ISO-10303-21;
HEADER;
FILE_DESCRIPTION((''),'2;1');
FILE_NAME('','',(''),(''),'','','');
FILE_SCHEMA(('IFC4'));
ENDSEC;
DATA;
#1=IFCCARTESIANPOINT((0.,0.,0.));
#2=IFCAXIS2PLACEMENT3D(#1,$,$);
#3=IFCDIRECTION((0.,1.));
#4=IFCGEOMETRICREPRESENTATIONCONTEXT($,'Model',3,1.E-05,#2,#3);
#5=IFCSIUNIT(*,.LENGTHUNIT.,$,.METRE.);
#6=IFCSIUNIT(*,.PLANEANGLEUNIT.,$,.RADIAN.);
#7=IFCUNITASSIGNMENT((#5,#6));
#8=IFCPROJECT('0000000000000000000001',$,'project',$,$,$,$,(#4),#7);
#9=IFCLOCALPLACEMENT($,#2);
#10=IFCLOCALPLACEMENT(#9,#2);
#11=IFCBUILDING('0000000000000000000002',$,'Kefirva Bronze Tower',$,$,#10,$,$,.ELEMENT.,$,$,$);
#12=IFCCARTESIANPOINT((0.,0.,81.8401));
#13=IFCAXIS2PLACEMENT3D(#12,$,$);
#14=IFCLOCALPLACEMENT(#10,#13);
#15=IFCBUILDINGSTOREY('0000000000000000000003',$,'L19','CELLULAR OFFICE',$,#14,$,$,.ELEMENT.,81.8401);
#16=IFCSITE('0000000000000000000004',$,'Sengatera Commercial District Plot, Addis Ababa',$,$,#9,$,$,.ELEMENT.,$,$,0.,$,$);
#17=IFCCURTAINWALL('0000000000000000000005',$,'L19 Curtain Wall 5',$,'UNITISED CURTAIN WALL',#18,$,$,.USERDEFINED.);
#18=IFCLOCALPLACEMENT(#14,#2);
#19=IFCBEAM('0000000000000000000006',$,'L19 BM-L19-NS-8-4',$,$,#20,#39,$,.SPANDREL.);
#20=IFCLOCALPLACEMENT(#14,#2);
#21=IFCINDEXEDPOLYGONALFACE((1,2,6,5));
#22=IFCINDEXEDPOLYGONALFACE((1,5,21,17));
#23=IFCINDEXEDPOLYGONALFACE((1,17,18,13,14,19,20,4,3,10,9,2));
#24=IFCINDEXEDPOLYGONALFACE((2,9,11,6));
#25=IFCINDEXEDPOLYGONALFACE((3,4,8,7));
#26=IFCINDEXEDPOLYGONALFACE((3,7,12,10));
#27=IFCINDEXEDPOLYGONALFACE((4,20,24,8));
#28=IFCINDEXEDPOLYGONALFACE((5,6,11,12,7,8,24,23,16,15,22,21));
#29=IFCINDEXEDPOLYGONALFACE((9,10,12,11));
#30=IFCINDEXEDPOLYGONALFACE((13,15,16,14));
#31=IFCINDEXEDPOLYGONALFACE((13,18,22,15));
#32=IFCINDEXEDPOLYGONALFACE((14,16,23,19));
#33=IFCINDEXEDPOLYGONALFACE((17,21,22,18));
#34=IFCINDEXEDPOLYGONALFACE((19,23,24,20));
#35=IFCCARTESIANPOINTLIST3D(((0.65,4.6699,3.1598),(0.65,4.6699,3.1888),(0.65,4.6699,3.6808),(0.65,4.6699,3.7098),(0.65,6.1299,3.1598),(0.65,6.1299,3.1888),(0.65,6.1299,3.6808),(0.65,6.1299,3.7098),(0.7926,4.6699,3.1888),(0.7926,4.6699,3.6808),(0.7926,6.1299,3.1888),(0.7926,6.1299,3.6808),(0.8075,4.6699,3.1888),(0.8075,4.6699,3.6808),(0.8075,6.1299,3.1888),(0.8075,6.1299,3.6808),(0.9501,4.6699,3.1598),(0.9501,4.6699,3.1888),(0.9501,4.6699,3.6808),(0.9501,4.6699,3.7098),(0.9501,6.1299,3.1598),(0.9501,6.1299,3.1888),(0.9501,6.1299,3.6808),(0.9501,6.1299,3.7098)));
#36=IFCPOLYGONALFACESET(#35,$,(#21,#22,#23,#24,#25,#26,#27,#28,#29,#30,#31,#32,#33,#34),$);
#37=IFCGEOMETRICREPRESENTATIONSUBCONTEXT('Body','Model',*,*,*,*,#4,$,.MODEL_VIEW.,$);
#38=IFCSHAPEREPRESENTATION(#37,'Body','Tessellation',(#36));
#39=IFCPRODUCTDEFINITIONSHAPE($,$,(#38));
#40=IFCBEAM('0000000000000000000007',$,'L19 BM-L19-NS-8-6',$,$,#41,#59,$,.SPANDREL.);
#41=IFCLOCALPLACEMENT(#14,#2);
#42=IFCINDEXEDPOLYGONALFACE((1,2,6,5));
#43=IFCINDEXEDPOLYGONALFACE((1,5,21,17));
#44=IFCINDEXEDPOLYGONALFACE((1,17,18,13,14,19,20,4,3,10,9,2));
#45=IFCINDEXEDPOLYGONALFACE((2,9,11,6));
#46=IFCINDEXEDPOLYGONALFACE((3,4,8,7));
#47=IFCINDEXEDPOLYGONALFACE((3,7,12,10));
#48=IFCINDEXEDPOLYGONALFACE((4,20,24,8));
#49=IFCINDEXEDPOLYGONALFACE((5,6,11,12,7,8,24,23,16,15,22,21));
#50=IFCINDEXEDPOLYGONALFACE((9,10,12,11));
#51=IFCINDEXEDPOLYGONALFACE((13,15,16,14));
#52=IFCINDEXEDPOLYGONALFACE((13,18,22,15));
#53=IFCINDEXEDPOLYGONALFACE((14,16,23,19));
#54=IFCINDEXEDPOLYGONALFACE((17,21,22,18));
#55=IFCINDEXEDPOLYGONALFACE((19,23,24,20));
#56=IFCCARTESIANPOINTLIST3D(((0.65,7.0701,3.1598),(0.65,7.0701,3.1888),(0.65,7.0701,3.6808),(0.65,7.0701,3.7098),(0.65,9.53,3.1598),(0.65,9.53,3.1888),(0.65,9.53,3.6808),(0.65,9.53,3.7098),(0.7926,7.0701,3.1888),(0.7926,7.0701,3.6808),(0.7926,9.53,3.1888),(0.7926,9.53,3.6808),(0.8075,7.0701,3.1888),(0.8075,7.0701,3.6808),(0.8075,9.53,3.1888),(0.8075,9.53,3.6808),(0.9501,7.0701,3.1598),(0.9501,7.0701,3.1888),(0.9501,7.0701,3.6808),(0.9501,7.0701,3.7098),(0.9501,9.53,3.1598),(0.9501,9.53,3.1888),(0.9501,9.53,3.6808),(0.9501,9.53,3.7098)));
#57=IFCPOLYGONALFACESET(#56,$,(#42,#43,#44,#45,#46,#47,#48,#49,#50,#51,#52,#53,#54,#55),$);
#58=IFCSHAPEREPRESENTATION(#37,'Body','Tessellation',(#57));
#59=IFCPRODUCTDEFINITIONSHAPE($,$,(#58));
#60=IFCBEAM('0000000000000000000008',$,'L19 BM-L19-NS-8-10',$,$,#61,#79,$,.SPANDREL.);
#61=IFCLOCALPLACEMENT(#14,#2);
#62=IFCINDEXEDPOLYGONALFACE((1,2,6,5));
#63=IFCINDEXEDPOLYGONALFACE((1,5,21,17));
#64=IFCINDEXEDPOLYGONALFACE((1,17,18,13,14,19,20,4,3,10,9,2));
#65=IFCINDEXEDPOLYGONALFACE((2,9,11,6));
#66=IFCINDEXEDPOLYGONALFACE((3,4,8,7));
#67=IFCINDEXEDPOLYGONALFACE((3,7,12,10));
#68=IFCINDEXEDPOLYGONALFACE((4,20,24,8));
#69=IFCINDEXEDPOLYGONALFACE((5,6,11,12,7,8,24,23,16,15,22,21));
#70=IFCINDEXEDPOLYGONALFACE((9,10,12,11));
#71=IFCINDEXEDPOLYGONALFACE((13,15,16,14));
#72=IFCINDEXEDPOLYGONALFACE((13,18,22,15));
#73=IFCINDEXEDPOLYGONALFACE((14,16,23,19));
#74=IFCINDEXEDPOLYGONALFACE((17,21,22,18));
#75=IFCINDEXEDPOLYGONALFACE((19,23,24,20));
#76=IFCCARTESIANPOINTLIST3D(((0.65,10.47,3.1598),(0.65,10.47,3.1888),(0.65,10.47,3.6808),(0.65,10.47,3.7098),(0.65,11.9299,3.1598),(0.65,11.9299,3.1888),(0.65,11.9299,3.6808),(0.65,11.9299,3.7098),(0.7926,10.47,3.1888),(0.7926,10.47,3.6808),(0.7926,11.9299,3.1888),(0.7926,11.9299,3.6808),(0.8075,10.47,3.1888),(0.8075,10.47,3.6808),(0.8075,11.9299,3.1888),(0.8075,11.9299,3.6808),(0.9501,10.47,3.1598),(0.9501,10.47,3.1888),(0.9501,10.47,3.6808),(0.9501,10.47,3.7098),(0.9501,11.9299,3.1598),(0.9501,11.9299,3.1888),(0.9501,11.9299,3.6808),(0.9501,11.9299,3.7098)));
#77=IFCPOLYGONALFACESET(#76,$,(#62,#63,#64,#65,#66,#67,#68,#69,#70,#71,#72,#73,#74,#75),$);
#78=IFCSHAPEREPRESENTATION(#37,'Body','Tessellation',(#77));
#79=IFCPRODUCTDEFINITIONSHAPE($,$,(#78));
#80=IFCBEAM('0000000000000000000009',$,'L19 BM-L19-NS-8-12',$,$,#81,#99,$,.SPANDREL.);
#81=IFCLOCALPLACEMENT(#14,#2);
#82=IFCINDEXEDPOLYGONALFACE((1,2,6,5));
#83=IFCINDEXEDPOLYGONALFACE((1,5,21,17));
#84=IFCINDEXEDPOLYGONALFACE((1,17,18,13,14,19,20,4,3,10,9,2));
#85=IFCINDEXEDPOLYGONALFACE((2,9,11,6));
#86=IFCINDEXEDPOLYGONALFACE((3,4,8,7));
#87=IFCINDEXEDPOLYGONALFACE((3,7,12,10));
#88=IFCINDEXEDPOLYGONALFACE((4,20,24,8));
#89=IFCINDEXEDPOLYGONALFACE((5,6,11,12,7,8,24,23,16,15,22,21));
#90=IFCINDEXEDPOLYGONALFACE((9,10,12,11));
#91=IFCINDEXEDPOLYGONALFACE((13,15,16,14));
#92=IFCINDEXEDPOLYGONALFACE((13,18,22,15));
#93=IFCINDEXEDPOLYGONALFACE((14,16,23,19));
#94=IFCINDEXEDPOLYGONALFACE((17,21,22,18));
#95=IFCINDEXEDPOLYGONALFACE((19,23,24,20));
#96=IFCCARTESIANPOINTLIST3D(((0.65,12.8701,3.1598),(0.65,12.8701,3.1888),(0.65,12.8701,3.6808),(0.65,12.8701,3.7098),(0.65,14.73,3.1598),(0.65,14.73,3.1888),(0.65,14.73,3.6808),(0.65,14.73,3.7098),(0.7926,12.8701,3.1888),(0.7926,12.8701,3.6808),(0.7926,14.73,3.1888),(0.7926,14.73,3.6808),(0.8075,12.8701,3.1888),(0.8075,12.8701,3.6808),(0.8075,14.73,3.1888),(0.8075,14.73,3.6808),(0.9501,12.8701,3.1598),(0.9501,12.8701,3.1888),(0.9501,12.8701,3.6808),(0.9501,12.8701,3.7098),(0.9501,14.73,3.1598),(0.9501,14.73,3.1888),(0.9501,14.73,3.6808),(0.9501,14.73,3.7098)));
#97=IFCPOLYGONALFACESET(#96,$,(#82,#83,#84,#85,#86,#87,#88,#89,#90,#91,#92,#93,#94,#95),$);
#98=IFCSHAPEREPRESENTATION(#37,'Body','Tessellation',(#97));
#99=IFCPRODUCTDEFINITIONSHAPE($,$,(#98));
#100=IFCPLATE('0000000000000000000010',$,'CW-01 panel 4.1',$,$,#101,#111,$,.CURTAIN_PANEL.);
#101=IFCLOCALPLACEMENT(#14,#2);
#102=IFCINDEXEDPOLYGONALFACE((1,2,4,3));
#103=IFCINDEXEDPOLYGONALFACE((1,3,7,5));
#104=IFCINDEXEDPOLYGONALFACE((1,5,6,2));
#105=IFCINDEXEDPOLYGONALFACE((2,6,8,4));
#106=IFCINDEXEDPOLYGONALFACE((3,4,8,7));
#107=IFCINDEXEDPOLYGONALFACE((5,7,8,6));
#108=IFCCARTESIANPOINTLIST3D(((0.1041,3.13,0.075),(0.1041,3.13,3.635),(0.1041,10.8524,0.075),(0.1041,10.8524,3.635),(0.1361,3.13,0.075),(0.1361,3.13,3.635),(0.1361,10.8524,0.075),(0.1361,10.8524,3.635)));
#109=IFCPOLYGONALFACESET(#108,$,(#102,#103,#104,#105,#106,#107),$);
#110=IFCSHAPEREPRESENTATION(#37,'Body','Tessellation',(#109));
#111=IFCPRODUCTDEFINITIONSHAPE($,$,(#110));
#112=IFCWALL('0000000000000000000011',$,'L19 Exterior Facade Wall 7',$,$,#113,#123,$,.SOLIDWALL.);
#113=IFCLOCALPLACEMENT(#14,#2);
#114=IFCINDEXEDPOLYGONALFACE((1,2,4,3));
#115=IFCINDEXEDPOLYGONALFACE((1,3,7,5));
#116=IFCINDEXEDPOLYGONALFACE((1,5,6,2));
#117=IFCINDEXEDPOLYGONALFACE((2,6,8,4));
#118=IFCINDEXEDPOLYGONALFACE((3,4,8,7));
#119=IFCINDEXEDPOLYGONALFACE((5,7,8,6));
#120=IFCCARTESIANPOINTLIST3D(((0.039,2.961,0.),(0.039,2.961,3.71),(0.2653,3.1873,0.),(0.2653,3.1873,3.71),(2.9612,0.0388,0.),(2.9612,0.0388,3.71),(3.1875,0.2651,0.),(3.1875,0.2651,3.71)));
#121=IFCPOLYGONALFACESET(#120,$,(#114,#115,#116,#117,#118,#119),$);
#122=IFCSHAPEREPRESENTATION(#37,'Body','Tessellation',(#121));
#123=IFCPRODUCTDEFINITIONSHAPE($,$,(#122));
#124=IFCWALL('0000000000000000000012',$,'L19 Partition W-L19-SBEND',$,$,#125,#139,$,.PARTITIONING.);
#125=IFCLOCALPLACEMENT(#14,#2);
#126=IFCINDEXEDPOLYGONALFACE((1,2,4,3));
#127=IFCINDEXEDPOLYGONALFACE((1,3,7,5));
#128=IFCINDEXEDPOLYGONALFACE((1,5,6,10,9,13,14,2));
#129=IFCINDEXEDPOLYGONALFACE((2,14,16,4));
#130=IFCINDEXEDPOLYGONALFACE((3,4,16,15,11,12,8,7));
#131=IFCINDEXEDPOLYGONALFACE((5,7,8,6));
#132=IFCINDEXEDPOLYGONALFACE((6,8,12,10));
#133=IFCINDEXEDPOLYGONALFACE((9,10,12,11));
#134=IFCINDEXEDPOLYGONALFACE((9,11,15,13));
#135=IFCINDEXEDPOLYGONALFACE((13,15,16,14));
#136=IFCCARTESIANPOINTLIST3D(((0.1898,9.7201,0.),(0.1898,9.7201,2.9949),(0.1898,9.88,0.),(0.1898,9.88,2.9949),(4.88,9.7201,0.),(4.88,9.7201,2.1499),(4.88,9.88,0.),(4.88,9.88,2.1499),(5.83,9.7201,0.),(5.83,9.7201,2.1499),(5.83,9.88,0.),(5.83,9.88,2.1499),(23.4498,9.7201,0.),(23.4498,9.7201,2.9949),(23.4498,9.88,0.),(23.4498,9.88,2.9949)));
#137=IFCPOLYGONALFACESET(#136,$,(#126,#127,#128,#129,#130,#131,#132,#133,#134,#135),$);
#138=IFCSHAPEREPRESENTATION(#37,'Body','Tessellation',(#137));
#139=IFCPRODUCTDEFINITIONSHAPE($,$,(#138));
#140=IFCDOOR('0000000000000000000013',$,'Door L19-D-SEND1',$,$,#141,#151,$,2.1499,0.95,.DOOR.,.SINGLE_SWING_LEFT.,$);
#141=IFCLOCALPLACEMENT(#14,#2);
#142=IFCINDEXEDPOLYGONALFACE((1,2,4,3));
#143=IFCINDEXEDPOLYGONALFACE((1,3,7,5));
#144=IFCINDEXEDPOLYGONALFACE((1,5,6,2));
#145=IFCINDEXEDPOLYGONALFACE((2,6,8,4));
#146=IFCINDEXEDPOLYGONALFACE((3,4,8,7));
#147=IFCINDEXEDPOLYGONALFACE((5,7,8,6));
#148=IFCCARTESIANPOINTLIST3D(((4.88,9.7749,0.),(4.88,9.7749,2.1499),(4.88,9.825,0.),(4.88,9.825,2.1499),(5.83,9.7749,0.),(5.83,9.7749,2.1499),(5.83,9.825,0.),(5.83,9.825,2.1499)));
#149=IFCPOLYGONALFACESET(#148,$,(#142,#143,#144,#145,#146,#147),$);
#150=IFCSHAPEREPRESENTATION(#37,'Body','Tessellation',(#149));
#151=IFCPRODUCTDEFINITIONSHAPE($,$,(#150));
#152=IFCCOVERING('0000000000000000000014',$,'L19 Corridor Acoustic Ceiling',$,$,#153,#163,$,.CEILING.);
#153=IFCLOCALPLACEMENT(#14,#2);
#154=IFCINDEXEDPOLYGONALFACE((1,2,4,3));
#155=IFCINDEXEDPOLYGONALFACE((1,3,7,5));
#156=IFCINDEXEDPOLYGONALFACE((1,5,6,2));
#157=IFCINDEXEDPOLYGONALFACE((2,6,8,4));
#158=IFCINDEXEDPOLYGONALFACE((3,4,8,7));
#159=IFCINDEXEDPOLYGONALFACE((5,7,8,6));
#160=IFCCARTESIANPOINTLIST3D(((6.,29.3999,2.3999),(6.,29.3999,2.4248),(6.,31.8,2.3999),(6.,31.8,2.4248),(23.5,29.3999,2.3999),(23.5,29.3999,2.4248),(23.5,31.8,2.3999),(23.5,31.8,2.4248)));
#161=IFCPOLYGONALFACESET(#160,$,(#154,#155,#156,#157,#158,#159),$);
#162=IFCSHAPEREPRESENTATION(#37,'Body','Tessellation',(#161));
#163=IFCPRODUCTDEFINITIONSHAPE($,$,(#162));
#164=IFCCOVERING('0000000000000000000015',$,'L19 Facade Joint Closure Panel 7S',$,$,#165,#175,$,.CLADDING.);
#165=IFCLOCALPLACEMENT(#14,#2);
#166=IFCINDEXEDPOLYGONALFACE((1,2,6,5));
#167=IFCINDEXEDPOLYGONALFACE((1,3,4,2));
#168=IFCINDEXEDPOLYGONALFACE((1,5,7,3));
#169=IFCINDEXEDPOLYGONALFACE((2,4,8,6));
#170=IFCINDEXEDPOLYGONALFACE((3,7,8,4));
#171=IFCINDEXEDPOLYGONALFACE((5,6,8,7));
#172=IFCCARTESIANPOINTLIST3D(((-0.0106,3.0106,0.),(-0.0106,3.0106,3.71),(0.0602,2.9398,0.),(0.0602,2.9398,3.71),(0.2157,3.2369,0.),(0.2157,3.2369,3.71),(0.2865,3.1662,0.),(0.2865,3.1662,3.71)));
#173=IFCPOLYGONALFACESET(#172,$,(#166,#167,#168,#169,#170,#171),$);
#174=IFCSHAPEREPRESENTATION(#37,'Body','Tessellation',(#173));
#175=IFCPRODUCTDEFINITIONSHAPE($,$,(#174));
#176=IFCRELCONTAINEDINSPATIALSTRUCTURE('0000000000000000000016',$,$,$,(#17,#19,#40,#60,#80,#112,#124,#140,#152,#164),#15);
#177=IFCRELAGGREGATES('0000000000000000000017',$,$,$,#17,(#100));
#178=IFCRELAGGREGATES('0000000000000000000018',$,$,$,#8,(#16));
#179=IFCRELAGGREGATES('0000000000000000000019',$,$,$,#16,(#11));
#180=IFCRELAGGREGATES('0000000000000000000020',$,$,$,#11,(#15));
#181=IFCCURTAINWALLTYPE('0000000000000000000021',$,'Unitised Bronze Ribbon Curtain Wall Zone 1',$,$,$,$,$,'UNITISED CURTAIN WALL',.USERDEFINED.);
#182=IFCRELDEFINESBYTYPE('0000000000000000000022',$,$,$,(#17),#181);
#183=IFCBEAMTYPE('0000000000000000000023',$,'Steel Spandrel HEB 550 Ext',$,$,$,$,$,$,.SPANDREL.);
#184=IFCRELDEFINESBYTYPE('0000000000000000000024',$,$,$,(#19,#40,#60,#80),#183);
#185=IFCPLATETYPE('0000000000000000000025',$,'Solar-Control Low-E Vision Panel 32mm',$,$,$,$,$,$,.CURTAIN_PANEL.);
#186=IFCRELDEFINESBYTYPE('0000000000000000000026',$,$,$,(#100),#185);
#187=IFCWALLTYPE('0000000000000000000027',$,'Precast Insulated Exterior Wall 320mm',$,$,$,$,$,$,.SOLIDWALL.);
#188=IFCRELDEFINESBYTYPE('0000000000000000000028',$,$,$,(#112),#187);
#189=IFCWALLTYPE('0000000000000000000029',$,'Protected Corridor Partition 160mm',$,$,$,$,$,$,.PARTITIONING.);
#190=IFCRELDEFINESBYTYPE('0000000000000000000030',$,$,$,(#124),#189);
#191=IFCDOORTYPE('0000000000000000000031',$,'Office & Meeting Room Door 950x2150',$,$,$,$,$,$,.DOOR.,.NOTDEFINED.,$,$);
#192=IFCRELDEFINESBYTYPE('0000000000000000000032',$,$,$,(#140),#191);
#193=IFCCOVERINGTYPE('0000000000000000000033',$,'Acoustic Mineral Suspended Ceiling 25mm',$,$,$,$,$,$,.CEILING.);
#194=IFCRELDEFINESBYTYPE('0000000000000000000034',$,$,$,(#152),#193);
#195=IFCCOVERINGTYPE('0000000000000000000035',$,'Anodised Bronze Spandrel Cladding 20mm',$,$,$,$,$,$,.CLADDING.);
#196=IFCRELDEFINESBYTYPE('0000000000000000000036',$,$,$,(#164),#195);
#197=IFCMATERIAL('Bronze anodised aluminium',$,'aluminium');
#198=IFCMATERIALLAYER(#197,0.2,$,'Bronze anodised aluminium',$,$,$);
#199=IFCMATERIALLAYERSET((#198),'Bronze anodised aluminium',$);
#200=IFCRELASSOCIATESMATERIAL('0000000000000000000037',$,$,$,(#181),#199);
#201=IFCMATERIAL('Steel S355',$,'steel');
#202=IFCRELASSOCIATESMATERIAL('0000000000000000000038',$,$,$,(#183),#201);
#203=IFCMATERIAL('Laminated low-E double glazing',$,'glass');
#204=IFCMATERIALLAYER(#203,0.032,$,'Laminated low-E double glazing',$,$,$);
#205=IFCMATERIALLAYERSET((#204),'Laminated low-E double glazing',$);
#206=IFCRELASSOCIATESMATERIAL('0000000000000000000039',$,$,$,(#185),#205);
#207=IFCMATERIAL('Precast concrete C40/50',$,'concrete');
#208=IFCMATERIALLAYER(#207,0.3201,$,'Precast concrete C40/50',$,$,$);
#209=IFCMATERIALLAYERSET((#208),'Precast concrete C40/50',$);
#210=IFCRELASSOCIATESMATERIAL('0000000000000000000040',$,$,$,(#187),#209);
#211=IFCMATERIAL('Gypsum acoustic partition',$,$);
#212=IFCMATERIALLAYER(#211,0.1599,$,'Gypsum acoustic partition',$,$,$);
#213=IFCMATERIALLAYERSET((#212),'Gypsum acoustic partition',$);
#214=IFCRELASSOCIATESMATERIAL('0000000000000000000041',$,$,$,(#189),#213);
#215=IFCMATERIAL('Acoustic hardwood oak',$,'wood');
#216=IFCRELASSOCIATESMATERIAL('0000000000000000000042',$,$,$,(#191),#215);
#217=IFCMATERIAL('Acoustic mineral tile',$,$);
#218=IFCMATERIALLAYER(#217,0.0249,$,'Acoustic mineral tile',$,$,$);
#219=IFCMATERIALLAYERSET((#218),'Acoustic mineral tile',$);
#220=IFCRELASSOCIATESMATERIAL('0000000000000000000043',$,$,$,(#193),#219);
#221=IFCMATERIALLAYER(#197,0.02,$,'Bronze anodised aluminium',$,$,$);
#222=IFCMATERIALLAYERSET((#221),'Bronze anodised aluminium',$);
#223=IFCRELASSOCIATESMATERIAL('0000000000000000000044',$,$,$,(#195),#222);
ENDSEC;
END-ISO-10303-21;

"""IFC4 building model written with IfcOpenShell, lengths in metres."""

from ifc_helpers import new_model, si_unit, direction, frame, frame_2d, origin, origin_2d, place, context, subcontext, project, spatial, polyline, rectangle, i_section, outline, extrude, material, layer, layer_set, material_profile, profile_set, type_object, element, fill, aggregate, save


model = new_model("IFC4")

# Units and contexts
model_context = context("Model", 3, precision=1e-05, world=origin(), true_north=direction((0.0, 1.0)))
body_context = subcontext(model_context, "Body", "Model", "MODEL_VIEW")
ifc_project = project(units=[si_unit("LENGTHUNIT", "METRE"), si_unit("PLANEANGLEUNIT", "RADIAN")], contexts=[model_context])

# Site, building, storey
site_placement = place(None, origin())
site = spatial("IfcSite", under=ifc_project, at=site_placement, Name="Sengatera Commercial District Plot, Addis Ababa", CompositionType="ELEMENT", RefElevation=0.0)
building_placement = place(site_placement, origin())
building = spatial("IfcBuilding", under=site, at=building_placement, Name="Kefirva Bronze Tower", CompositionType="ELEMENT")
storey_placement = place(building_placement, frame((0.0, 0.0, 81.8401)))
storey = spatial("IfcBuildingStorey", under=building, at=storey_placement, Name="L19", Description="CELLULAR OFFICE", CompositionType="ELEMENT", Elevation=81.8401)

# Curtain wall
ifc_material_1 = material(Name="Bronze anodised aluminium", Category="aluminium")
ifc_layer_1 = layer(ifc_material_1, 0.2, Name="Bronze anodised aluminium")
ifc_layer_set_1 = layer_set([ifc_layer_1], Name="Bronze anodised aluminium")
curtain_wall_type = type_object("IfcCurtainWallType", Name="Unitised Bronze Ribbon Curtain Wall Zone 1", ElementType="UNITISED CURTAIN WALL", PredefinedType="USERDEFINED", material=ifc_layer_set_1)
curtain_wall_placement = place(storey_placement, origin())
curtain_wall = element("IfcCurtainWall", 1, at=curtain_wall_placement, inside=storey, type_object=curtain_wall_type, Name="L19 Curtain Wall 5", ObjectType="UNITISED CURTAIN WALL", PredefinedType="USERDEFINED")

# Beams
ifc_material_2 = material(Name="Steel S355", Category="steel")
ifc_material_profile_1 = material_profile(ifc_material_2, i_section(OverallWidth=0.3, OverallDepth=0.55, WebThickness=0.0149, FlangeThickness=0.0291, at=origin_2d()), Name="HEB 550")
ifc_profile_set_1 = profile_set([ifc_material_profile_1], Name="Steel S355")
beam_type_1 = type_object("IfcBeamType", Name="Steel Spandrel HEB 550 Ext", PredefinedType="SPANDREL", material=ifc_profile_set_1)
beam_1_placement = place(storey_placement, frame((0.8, 4.6699, 3.4348), z_axis=(0.0, 1.0, 0.0), x_axis=(-1.0, 0.0, 0.0)))
element("IfcBeam", 2, at=beam_1_placement, inside=storey, type_object=beam_type_1, Name="L19 BM-L19-NS-8-4", PredefinedType="SPANDREL", context=body_context, shape_type="SweptSolid", body=[
    extrude(i_section(OverallWidth=0.3, OverallDepth=0.55, WebThickness=0.0149, FlangeThickness=0.0291, at=origin_2d()), origin(), (0.0, 0.0, 1.0), 1.46),
])
beam_2_placement = place(storey_placement, frame((0.8, 7.0701, 3.4348), z_axis=(0.0, 1.0, 0.0), x_axis=(-1.0, 0.0, 0.0)))
element("IfcBeam", 3, at=beam_2_placement, inside=storey, type_object=beam_type_1, Name="L19 BM-L19-NS-8-6", PredefinedType="SPANDREL", context=body_context, shape_type="SweptSolid", body=[
    extrude(i_section(OverallWidth=0.3, OverallDepth=0.55, WebThickness=0.0149, FlangeThickness=0.0291, at=origin_2d()), origin(), (0.0, 0.0, 1.0), 2.46),
])
beam_3_placement = place(storey_placement, frame((0.8, 10.47, 3.4348), z_axis=(0.0, 1.0, 0.0), x_axis=(-1.0, 0.0, 0.0)))
element("IfcBeam", 4, at=beam_3_placement, inside=storey, type_object=beam_type_1, Name="L19 BM-L19-NS-8-10", PredefinedType="SPANDREL", context=body_context, shape_type="SweptSolid", body=[
    extrude(i_section(OverallWidth=0.3, OverallDepth=0.55, WebThickness=0.0149, FlangeThickness=0.0291, at=origin_2d()), origin(), (0.0, 0.0, 1.0), 1.46),
])
beam_4_placement = place(storey_placement, frame((0.8, 12.8701, 3.4348), z_axis=(0.0, 1.0, 0.0), x_axis=(-1.0, 0.0, 0.0)))
element("IfcBeam", 5, at=beam_4_placement, inside=storey, type_object=beam_type_1, Name="L19 BM-L19-NS-8-12", PredefinedType="SPANDREL", context=body_context, shape_type="SweptSolid", body=[
    extrude(i_section(OverallWidth=0.3, OverallDepth=0.55, WebThickness=0.0149, FlangeThickness=0.0291, at=origin_2d()), origin(), (0.0, 0.0, 1.0), 1.8599),
])

# Plate
ifc_material_3 = material(Name="Laminated low-E double glazing", Category="glass")
ifc_layer_2 = layer(ifc_material_3, 0.032, Name="Laminated low-E double glazing")
ifc_layer_set_2 = layer_set([ifc_layer_2], Name="Laminated low-E double glazing")
plate_type = type_object("IfcPlateType", Name="Solar-Control Low-E Vision Panel 32mm", PredefinedType="CURTAIN_PANEL", material=ifc_layer_set_2)
plate_placement = place(storey_placement, frame((0.1201, 6.9912, 0.075), z_axis=(0.0, 0.0, 1.0), x_axis=(0.0, -1.0, 0.0)))
plate = element("IfcPlate", 6, at=plate_placement, type_object=plate_type, Name="CW-01 panel 4.1", PredefinedType="CURTAIN_PANEL", context=body_context, shape_type="SweptSolid", body=[
    extrude(rectangle(XDim=7.7224, YDim=0.032, at=origin_2d()), origin(), (0.0, 0.0, 1.0), 3.5601),
])
aggregate(curtain_wall, [plate])

# Wall
ifc_material_4 = material(Name="Precast concrete C40/50", Category="concrete")
ifc_layer_3 = layer(ifc_material_4, 0.3201, Name="Precast concrete C40/50")
ifc_layer_set_3 = layer_set([ifc_layer_3], Name="Precast concrete C40/50")
wall_type_1 = type_object("IfcWallType", Name="Precast Insulated Exterior Wall 320mm", PredefinedType="SOLIDWALL", material=ifc_layer_set_3)
wall_1_placement = place(storey_placement, frame((0.1521, 3.0742, 0.0), z_axis=(0.0, 0.0, 1.0), x_axis=(0.707107, -0.707107, 0.0)))
element("IfcWall", 7, at=wall_1_placement, inside=storey, type_object=wall_type_1, Name="L19 Exterior Facade Wall 7", PredefinedType="SOLIDWALL", context=body_context, shape_type="SweptSolid", body=[
    extrude(rectangle(XDim=4.1326, YDim=0.3201, at=frame_2d((2.0664, 0.0))), origin(), (0.0, 0.0, 1.0), 3.71),
])

# Wall, opening, door
ifc_material_5 = material(Name="Gypsum acoustic partition")
ifc_layer_4 = layer(ifc_material_5, 0.1599, Name="Gypsum acoustic partition")
ifc_layer_set_4 = layer_set([ifc_layer_4], Name="Gypsum acoustic partition")
wall_type_2 = type_object("IfcWallType", Name="Protected Corridor Partition 160mm", PredefinedType="PARTITIONING", material=ifc_layer_set_4)
wall_2_placement = place(storey_placement, frame((0.1899, 9.8, 0.0), z_axis=(0.0, 0.0, 1.0), x_axis=(1.0, 0.0, 0.0)))
wall_2 = element("IfcWall", 8, at=wall_2_placement, inside=storey, type_object=wall_type_2, Name="L19 Partition W-L19-SBEND", PredefinedType="PARTITIONING", context=body_context, shape_type="SweptSolid", body=[
    extrude(rectangle(XDim=23.26, YDim=0.1599, at=frame_2d((11.6299, 0.0))), origin(), (0.0, 0.0, 1.0), 2.9949),
])
opening_placement = place(wall_2_placement, frame((4.6899, 0.0, 0.0)))
opening = element("IfcOpeningElement", 9, at=opening_placement, cuts=wall_2, PredefinedType="OPENING", context=body_context, shape_type="SweptSolid", body=[
    extrude(rectangle(XDim=0.95, YDim=2.1499, at=frame_2d((0.4751, 1.075))), frame((0.0, 0.0898, 0.0), z_axis=(0.0, -1.0, 0.0), x_axis=(1.0, 0.0, 0.0)), (0.0, 0.0, 1.0), 0.1799),
])
ifc_material_6 = material(Name="Acoustic hardwood oak", Category="wood")
door_type = type_object("IfcDoorType", Name="Office & Meeting Room Door 950x2150", OperationType="NOTDEFINED", PredefinedType="DOOR", material=ifc_material_6)
door_placement = place(opening_placement, origin())
door = element("IfcDoor", 10, at=door_placement, inside=storey, type_object=door_type, Name="Door L19-D-SEND1", OperationType="SINGLE_SWING_LEFT", OverallHeight=2.1499, OverallWidth=0.95, PredefinedType="DOOR", context=body_context, shape_type="SweptSolid", body=[
    extrude(rectangle(XDim=0.95, YDim=2.1499, at=frame_2d((0.4751, 1.075))), frame((0.0, 0.0249, 0.0), z_axis=(0.0, -1.0, 0.0), x_axis=(1.0, 0.0, 0.0)), (0.0, 0.0, 1.0), 0.05),
])
fill(opening, door)

# Coverings
ifc_material_7 = material(Name="Acoustic mineral tile")
ifc_layer_5 = layer(ifc_material_7, 0.0249, Name="Acoustic mineral tile")
ifc_layer_set_5 = layer_set([ifc_layer_5], Name="Acoustic mineral tile")
covering_type_1 = type_object("IfcCoveringType", Name="Acoustic Mineral Suspended Ceiling 25mm", PredefinedType="CEILING", material=ifc_layer_set_5)
covering_1_placement = place(storey_placement, frame((0.0, 0.0, 2.3999)))
element("IfcCovering", 11, at=covering_1_placement, inside=storey, type_object=covering_type_1, Name="L19 Corridor Acoustic Ceiling", PredefinedType="CEILING", context=body_context, shape_type="SweptSolid", body=[
    extrude(outline(polyline([(6.0, 29.3999), (23.5, 29.3999), (23.5, 31.8), (6.0, 31.8), (6.0, 29.3999)])), origin(), (0.0, 0.0, 1.0), 0.0249),
])
ifc_layer_6 = layer(ifc_material_1, 0.02, Name="Bronze anodised aluminium")
ifc_layer_set_6 = layer_set([ifc_layer_6], Name="Bronze anodised aluminium")
covering_type_2 = type_object("IfcCoveringType", Name="Anodised Bronze Spandrel Cladding 20mm", PredefinedType="CLADDING", material=ifc_layer_set_6)
covering_2_placement = place(storey_placement, frame((0.1379, 3.0884, 0.0), z_axis=(0.0, 0.0, 1.0), x_axis=(0.707107, -0.707107, 0.0)))
element("IfcCovering", 12, at=covering_2_placement, inside=storey, type_object=covering_type_2, Name="L19 Facade Joint Closure Panel 7S", PredefinedType="CLADDING", context=body_context, shape_type="SweptSolid", body=[
    extrude(rectangle(XDim=0.1001, YDim=0.3201, at=origin_2d()), origin(), (0.0, 0.0, 1.0), 3.71),
])

save(model, "model.ifc")
